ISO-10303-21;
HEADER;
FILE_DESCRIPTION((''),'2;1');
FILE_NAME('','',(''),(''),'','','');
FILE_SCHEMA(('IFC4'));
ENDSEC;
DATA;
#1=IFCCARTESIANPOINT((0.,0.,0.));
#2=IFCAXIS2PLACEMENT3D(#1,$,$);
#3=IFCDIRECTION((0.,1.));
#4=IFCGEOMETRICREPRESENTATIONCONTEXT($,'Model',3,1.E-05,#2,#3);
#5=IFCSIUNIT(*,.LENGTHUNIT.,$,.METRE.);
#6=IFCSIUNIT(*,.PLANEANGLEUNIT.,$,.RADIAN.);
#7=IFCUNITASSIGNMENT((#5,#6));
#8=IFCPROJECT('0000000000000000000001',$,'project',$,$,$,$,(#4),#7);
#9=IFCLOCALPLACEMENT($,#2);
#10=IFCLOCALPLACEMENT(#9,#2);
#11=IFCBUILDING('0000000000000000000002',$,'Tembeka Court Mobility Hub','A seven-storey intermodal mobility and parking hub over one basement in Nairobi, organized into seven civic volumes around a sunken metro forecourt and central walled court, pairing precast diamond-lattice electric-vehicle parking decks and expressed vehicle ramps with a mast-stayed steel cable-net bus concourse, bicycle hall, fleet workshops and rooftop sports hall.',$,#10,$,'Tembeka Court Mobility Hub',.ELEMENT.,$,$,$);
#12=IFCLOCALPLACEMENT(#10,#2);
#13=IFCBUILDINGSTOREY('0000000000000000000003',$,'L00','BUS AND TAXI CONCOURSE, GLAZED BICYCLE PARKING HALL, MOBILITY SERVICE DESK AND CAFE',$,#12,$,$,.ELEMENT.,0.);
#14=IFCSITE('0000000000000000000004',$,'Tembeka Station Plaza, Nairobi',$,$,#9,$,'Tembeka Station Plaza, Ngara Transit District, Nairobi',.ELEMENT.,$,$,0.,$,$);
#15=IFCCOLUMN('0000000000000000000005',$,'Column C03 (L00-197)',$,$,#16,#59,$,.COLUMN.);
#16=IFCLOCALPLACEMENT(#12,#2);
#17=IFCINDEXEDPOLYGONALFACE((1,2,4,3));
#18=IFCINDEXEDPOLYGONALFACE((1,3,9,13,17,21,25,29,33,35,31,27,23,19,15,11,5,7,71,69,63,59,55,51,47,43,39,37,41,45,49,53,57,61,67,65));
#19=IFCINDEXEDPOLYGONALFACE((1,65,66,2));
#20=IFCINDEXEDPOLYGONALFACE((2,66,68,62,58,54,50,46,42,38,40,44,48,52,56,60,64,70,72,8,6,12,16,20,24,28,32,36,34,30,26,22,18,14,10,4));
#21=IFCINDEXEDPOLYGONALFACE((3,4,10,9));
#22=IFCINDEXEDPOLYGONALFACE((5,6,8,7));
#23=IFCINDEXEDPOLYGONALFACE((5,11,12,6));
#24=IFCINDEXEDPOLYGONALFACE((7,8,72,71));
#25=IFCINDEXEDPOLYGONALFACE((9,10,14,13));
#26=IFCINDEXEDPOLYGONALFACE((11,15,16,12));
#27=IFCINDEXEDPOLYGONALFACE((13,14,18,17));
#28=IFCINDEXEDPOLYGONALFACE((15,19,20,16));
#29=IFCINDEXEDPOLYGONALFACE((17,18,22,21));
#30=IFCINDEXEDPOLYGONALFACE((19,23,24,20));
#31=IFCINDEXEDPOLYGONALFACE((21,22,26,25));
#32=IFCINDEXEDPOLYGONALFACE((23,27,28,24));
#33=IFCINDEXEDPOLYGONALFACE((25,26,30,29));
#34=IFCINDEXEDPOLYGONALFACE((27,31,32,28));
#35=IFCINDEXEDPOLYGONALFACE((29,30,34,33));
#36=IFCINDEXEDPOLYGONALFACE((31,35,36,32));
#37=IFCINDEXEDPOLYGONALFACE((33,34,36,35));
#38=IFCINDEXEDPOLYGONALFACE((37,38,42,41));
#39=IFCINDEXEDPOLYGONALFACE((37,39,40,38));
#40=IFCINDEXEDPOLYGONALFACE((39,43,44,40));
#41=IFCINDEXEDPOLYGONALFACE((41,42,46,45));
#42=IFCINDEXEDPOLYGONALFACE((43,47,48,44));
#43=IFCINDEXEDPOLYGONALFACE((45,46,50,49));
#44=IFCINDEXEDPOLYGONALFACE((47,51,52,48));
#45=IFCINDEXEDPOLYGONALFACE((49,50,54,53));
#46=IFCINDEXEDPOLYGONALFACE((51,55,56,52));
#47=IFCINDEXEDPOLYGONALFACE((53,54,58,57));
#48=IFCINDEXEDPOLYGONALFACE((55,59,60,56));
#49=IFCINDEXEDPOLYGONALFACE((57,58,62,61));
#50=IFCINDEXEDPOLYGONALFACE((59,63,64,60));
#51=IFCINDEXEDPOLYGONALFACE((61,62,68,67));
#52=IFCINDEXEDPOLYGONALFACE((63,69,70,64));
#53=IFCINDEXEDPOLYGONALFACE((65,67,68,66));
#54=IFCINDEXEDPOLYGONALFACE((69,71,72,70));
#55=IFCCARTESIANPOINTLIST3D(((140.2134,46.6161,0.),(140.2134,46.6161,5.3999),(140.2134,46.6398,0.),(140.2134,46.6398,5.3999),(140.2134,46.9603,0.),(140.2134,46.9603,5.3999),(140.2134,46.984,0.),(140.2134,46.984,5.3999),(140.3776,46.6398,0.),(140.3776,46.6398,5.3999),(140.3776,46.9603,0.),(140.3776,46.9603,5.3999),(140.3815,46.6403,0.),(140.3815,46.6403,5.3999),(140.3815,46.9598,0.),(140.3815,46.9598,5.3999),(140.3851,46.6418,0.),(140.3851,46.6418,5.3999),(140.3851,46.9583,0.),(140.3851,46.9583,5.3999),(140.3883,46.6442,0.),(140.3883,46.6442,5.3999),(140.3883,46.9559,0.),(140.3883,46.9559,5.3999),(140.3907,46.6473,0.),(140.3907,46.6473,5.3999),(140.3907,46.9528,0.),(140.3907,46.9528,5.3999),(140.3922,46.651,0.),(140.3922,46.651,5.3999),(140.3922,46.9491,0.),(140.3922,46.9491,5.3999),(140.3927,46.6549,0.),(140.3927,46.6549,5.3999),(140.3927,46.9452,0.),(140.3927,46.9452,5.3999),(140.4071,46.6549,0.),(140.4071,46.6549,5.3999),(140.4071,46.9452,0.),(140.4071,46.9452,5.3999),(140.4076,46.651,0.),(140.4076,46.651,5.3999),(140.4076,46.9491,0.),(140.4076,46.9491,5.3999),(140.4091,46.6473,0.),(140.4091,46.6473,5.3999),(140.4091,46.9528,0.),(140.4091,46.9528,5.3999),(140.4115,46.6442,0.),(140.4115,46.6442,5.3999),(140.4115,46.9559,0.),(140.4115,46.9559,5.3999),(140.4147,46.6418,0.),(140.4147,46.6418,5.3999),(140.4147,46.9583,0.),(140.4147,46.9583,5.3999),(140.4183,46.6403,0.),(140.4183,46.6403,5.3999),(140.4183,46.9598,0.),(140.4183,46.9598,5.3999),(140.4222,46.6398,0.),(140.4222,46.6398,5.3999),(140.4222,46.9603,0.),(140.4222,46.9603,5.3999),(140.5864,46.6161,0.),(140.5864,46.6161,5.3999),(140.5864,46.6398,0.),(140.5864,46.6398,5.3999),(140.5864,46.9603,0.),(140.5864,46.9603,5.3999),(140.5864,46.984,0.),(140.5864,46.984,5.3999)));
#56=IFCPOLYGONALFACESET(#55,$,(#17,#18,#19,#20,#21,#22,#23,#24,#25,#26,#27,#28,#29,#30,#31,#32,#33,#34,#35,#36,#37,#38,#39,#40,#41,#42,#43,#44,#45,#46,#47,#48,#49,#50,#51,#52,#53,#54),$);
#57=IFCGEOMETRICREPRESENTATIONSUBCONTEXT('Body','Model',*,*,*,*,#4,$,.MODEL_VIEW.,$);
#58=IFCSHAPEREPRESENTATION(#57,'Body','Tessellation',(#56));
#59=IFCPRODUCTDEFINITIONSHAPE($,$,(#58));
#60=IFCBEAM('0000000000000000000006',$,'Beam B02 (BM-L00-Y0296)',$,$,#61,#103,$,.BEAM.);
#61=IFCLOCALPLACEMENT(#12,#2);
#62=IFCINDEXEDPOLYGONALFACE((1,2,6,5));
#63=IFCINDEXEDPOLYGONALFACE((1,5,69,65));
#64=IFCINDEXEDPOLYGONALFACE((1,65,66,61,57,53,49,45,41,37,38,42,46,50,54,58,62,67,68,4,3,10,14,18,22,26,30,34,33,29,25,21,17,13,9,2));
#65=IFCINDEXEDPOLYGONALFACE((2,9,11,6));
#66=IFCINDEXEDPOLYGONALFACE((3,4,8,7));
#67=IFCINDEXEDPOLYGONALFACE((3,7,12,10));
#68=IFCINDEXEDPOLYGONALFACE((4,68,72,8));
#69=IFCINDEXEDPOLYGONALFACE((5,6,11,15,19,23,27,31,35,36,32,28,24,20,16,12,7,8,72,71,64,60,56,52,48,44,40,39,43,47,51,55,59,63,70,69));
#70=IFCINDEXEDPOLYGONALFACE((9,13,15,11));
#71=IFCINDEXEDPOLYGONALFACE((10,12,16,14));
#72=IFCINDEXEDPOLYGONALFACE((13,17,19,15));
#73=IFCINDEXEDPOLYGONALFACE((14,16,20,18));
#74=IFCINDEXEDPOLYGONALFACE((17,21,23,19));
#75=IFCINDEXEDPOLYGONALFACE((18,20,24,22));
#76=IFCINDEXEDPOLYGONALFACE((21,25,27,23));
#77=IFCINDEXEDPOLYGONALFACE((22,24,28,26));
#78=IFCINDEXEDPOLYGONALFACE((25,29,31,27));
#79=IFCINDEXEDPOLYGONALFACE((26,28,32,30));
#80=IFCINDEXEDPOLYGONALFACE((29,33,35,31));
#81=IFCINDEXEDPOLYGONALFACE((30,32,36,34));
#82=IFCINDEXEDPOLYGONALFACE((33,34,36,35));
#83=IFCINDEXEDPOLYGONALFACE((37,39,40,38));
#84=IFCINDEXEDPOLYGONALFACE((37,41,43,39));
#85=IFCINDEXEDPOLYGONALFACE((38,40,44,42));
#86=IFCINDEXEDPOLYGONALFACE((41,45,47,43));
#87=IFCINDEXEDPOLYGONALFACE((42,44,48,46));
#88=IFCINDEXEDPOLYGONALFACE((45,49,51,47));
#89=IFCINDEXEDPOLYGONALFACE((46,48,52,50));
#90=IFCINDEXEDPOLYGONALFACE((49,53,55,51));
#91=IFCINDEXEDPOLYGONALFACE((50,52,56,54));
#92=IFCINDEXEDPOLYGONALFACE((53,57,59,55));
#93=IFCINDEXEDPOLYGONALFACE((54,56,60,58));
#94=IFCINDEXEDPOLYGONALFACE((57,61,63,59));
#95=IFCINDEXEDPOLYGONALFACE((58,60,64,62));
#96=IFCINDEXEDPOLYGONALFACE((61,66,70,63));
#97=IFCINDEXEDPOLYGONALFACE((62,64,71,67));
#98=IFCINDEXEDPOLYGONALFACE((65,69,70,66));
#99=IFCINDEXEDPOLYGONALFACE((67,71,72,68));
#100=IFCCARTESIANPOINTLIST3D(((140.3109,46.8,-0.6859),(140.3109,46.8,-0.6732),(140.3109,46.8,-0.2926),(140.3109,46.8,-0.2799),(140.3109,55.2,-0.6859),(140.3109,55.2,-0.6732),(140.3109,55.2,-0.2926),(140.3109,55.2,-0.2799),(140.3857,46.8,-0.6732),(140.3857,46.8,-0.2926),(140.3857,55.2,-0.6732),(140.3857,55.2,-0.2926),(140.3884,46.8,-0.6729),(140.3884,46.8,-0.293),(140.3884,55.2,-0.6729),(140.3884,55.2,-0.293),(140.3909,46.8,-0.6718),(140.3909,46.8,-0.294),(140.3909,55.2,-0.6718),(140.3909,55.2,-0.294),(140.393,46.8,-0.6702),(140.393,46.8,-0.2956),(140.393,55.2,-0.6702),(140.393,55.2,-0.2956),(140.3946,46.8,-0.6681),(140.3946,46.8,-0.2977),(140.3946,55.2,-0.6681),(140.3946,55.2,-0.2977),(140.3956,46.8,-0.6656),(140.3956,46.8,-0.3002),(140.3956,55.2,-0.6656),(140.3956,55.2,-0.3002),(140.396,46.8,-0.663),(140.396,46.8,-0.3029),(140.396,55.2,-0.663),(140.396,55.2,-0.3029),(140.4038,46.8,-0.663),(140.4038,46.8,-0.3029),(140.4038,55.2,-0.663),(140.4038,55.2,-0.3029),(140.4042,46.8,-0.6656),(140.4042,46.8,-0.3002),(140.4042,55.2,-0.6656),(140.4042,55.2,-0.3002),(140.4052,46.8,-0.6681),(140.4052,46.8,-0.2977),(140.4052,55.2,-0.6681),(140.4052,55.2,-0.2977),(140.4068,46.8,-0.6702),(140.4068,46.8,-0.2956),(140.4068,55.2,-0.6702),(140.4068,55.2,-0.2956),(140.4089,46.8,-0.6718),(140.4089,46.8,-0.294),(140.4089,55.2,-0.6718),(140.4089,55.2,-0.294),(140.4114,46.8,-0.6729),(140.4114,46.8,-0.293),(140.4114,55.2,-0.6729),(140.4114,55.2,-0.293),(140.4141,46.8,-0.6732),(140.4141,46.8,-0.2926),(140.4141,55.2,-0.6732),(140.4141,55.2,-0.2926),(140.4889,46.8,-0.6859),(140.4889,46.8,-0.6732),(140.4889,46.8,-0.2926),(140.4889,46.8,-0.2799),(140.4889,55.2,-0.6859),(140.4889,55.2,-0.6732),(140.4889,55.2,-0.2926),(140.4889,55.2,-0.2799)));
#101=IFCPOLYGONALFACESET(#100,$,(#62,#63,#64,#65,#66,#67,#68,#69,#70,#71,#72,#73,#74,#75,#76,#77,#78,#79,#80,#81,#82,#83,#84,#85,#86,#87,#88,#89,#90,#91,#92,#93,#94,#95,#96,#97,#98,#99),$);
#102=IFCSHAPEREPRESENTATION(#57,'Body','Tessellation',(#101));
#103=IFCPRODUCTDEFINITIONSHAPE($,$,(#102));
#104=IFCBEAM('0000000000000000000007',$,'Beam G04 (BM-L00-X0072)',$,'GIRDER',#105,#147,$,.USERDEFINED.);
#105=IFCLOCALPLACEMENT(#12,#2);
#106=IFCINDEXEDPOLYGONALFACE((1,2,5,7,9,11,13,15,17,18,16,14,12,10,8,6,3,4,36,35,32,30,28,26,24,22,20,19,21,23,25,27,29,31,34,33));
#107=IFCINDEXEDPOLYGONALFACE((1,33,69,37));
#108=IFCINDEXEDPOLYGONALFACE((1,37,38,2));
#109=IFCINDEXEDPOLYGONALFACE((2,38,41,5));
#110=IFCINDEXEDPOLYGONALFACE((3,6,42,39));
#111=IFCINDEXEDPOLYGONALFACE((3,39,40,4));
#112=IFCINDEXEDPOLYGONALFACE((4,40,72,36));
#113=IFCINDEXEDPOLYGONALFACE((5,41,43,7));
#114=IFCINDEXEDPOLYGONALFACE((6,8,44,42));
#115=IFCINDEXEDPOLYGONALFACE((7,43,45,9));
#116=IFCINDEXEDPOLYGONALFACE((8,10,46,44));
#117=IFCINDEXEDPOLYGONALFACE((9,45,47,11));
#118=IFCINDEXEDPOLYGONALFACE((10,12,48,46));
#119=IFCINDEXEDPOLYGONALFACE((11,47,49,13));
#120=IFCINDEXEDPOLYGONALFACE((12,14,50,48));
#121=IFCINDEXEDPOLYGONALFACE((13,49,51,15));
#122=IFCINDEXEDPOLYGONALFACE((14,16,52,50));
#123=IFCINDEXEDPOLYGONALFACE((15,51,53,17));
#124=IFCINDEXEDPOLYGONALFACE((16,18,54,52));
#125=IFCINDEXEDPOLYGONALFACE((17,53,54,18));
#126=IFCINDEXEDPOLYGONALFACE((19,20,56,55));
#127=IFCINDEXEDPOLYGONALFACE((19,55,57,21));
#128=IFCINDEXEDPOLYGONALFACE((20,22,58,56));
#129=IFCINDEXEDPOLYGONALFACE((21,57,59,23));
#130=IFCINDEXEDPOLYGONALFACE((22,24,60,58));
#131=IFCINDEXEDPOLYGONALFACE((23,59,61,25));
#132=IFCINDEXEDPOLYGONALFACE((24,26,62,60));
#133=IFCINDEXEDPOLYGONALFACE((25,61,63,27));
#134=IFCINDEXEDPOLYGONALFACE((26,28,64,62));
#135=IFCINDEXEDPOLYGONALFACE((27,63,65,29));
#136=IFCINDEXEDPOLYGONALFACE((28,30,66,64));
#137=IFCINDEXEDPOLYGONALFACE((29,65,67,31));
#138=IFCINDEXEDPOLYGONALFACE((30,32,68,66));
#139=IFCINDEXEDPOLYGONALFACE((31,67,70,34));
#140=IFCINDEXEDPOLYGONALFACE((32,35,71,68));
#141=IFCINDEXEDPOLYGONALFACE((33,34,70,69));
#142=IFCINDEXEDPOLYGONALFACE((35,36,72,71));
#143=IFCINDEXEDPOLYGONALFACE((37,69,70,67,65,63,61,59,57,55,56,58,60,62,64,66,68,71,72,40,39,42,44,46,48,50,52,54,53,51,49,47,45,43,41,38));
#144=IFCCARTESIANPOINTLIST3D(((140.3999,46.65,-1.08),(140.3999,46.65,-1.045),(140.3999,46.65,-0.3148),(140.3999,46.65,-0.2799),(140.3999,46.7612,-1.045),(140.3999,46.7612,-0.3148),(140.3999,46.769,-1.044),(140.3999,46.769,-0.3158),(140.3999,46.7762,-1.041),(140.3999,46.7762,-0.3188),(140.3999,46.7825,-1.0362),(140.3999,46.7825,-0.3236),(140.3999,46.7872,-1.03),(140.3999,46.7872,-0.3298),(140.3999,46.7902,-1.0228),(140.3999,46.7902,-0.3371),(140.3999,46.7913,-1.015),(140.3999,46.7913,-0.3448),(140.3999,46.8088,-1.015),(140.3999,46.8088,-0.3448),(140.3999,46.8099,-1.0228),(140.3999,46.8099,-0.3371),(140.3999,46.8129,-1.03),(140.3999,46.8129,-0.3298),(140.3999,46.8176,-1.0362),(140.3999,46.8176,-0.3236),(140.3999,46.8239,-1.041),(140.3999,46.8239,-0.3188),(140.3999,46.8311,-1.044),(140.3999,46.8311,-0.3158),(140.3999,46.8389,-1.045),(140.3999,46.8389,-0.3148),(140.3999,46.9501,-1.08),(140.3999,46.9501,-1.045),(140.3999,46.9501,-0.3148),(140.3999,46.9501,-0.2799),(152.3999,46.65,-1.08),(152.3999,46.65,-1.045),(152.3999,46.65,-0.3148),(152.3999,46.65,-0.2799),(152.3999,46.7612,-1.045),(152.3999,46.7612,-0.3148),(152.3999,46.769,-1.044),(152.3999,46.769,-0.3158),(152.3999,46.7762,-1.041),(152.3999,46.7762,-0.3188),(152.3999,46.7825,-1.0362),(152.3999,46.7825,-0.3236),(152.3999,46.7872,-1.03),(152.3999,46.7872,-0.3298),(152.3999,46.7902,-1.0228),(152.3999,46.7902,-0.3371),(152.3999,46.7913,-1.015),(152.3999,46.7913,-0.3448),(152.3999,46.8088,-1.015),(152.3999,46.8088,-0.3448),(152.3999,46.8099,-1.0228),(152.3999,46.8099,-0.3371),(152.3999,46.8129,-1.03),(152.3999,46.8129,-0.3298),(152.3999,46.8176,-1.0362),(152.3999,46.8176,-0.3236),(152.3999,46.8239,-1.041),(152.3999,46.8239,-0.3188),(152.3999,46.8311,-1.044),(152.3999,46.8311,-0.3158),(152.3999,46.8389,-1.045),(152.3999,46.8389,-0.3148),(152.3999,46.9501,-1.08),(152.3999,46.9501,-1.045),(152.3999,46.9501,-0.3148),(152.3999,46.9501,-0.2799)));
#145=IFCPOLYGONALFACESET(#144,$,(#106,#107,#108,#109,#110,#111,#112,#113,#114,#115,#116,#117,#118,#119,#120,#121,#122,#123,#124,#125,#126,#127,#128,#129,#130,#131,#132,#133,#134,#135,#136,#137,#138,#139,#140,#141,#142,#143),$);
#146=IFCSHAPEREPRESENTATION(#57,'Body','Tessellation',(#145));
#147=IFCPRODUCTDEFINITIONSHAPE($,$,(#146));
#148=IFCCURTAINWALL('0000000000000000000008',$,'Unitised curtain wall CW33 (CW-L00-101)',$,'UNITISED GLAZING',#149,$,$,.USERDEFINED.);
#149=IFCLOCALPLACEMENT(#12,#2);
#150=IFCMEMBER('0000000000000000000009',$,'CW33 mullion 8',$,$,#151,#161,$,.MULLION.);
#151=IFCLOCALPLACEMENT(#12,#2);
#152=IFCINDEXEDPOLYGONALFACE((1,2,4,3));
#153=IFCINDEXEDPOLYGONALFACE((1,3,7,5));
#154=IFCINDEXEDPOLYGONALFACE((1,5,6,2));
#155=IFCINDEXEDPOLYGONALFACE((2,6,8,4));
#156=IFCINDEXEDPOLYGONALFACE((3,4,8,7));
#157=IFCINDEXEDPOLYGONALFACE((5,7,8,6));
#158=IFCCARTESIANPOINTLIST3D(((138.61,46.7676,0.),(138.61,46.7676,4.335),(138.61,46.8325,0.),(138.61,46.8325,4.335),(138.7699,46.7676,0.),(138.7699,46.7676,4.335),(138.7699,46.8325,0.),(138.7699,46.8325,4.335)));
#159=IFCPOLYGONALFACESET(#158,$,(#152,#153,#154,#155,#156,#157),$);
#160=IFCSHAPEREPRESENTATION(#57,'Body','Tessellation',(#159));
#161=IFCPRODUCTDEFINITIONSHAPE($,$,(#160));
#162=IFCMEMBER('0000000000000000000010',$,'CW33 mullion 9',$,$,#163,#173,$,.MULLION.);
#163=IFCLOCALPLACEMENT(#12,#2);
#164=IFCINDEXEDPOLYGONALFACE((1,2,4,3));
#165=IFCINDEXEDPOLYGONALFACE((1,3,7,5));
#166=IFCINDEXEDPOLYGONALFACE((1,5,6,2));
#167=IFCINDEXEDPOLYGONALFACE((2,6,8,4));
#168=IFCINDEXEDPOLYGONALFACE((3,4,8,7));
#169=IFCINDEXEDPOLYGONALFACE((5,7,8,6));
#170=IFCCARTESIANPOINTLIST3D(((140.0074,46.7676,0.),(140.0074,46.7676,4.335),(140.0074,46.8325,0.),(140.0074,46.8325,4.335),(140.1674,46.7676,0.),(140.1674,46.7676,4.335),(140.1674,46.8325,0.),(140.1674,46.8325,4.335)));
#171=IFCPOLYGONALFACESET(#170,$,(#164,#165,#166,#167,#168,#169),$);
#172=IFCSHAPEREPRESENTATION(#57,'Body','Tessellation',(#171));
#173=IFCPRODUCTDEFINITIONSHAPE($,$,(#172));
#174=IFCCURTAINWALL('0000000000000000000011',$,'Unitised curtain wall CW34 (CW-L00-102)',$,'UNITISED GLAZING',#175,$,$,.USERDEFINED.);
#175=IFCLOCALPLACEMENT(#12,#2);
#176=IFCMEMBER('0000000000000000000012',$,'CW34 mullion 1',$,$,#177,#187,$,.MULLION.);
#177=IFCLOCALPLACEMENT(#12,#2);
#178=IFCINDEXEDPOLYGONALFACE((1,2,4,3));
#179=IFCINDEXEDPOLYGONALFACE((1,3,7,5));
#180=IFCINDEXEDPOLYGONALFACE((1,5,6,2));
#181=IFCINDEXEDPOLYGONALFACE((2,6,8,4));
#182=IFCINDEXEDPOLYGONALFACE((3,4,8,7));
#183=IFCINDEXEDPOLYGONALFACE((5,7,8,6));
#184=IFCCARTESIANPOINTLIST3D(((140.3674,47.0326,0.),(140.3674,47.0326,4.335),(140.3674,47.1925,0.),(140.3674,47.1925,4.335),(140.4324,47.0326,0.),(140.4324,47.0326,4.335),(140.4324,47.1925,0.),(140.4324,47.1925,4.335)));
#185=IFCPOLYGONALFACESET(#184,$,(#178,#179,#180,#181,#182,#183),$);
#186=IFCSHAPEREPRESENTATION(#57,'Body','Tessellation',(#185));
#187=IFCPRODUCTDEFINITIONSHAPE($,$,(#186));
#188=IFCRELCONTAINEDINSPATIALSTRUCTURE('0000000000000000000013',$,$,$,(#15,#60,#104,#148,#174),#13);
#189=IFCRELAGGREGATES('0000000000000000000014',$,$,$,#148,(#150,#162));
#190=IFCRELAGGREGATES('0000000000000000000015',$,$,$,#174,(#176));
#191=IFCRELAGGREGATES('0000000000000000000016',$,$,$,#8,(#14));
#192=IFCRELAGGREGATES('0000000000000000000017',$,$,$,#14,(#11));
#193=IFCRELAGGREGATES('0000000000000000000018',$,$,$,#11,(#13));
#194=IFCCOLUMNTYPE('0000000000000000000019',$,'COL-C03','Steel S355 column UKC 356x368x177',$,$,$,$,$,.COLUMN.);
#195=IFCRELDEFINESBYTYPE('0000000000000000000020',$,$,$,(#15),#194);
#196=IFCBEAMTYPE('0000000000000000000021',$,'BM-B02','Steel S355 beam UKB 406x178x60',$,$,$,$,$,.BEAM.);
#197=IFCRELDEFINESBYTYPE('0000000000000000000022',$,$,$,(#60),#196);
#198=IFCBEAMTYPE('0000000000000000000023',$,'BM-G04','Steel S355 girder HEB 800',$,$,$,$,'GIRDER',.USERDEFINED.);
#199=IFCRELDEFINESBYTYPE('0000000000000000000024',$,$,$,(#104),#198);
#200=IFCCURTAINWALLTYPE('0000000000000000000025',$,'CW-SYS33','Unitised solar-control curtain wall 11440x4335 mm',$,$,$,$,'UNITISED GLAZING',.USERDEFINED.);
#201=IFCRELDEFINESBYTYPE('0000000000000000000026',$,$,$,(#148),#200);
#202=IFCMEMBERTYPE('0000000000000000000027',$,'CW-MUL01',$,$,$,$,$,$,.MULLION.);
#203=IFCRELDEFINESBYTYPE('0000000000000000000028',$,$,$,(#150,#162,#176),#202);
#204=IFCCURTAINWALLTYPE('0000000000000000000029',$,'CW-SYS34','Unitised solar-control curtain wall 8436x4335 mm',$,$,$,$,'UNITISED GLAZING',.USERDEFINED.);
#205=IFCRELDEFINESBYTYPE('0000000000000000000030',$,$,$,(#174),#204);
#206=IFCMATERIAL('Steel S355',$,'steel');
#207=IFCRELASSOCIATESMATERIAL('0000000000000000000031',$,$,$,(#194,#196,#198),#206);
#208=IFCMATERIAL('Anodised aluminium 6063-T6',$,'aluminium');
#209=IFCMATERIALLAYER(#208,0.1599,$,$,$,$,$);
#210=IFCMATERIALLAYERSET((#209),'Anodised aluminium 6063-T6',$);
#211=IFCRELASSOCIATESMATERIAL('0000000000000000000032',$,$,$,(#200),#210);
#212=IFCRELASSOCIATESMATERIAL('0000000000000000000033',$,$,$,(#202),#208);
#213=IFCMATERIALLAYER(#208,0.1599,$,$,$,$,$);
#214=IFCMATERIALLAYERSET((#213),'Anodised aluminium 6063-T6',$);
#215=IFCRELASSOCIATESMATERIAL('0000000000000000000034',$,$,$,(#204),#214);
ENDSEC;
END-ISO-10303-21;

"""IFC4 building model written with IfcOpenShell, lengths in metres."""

from ifc_helpers import new_model, si_unit, direction, frame, origin, origin_2d, place, context, subcontext, project, spatial, rectangle, i_section, extrude, material, layer, layer_set, material_profile, profile_set, type_object, element, aggregate, save


model = new_model("IFC4")

# Units and contexts
model_context = context("Model", 3, precision=1e-05, world=origin(), true_north=direction((0.0, 1.0)))
body_context = subcontext(model_context, "Body", "Model", "MODEL_VIEW")
ifc_project = project(units=[si_unit("LENGTHUNIT", "METRE"), si_unit("PLANEANGLEUNIT", "RADIAN")], contexts=[model_context])

# Site, building, storey
site_placement = place(None, origin())
site = spatial("IfcSite", under=ifc_project, at=site_placement, Name="Tembeka Station Plaza, Nairobi", LongName="Tembeka Station Plaza, Ngara Transit District, Nairobi", CompositionType="ELEMENT", RefElevation=0.0)
building_placement = place(site_placement, origin())
building = spatial("IfcBuilding", under=site, at=building_placement, Name="Tembeka Court Mobility Hub", Description="A seven-storey intermodal mobility and parking hub over one basement in Nairobi, organized into seven civic volumes around a sunken metro forecourt and central walled court, pairing precast diamond-lattice electric-vehicle parking decks and expressed vehicle ramps with a mast-stayed steel cable-net bus concourse, bicycle hall, fleet workshops and rooftop sports hall.", LongName="Tembeka Court Mobility Hub", CompositionType="ELEMENT")
storey_placement = place(building_placement, origin())
storey = spatial("IfcBuildingStorey", under=building, at=storey_placement, Name="L00", Description="BUS AND TAXI CONCOURSE, GLAZED BICYCLE PARKING HALL, MOBILITY SERVICE DESK AND CAFE", CompositionType="ELEMENT", Elevation=0.0)

# Column
ifc_material_1 = material(Name="Steel S355", Category="steel")
ifc_material_profile_1 = material_profile(ifc_material_1, i_section(OverallWidth=0.373, OverallDepth=0.3679, WebThickness=0.0144, FlangeThickness=0.0237, FilletRadius=0.0151, at=origin_2d()), Name="UKC 356x368x177")
ifc_profile_set_1 = profile_set([ifc_material_profile_1], Name="Steel S355")
column_type = type_object("IfcColumnType", Name="COL-C03", Description="Steel S355 column UKC 356x368x177", PredefinedType="COLUMN", material=ifc_profile_set_1)
column_placement = place(storey_placement, frame((140.3999, 46.8, 0.0), z_axis=(0.0, 0.0, 1.0), x_axis=(1.0, 0.0, 0.0)))
element("IfcColumn", 1, at=column_placement, inside=storey, type_object=column_type, Name="Column C03 (L00-197)", PredefinedType="COLUMN", context=body_context, shape_type="SweptSolid", body=[
    extrude(i_section(OverallWidth=0.373, OverallDepth=0.3679, WebThickness=0.0144, FlangeThickness=0.0237, FilletRadius=0.0151, at=origin_2d()), origin(), (0.0, 0.0, 1.0), 5.3999),
])

# Beams
ifc_material_profile_2 = material_profile(ifc_material_1, i_section(OverallWidth=0.178, OverallDepth=0.406, WebThickness=0.0078, FlangeThickness=0.0127, FilletRadius=0.0103, at=origin_2d()), Name="UKB 406x178x60")
ifc_profile_set_2 = profile_set([ifc_material_profile_2], Name="Steel S355")
beam_type_1 = type_object("IfcBeamType", Name="BM-B02", Description="Steel S355 beam UKB 406x178x60", PredefinedType="BEAM", material=ifc_profile_set_2)
beam_1_placement = place(storey_placement, frame((140.3999, 46.8, -0.4829), z_axis=(0.0, 1.0, 0.0), x_axis=(-1.0, 0.0, 0.0)))
element("IfcBeam", 2, at=beam_1_placement, inside=storey, type_object=beam_type_1, Name="Beam B02 (BM-L00-Y0296)", PredefinedType="BEAM", context=body_context, shape_type="SweptSolid", body=[
    extrude(i_section(OverallWidth=0.178, OverallDepth=0.406, WebThickness=0.0078, FlangeThickness=0.0127, FilletRadius=0.0103, at=origin_2d()), origin(), (0.0, 0.0, 1.0), 8.3999),
])
ifc_material_profile_3 = material_profile(ifc_material_1, i_section(OverallWidth=0.3, OverallDepth=0.8, WebThickness=0.0176, FlangeThickness=0.0349, FilletRadius=0.03, at=origin_2d()), Name="HEB 800")
ifc_profile_set_3 = profile_set([ifc_material_profile_3], Name="Steel S355")
beam_type_2 = type_object("IfcBeamType", Name="BM-G04", Description="Steel S355 girder HEB 800", ElementType="GIRDER", PredefinedType="USERDEFINED", material=ifc_profile_set_3)
beam_2_placement = place(storey_placement, frame((140.3999, 46.8, -0.6799), z_axis=(1.0, 0.0, 0.0), x_axis=(0.0, 1.0, 0.0)))
element("IfcBeam", 3, at=beam_2_placement, inside=storey, type_object=beam_type_2, Name="Beam G04 (BM-L00-X0072)", ObjectType="GIRDER", PredefinedType="USERDEFINED", context=body_context, shape_type="SweptSolid", body=[
    extrude(i_section(OverallWidth=0.3, OverallDepth=0.8, WebThickness=0.0176, FlangeThickness=0.0349, FilletRadius=0.03, at=origin_2d()), origin(), (0.0, 0.0, 1.0), 12.0),
])

# Curtain walls, members
ifc_material_2 = material(Name="Anodised aluminium 6063-T6", Category="aluminium")
ifc_layer_1 = layer(ifc_material_2, 0.1599)
ifc_layer_set_1 = layer_set([ifc_layer_1], Name="Anodised aluminium 6063-T6")
curtain_wall_type_1 = type_object("IfcCurtainWallType", Name="CW-SYS33", Description="Unitised solar-control curtain wall 11440x4335 mm", ElementType="UNITISED GLAZING", PredefinedType="USERDEFINED", material=ifc_layer_set_1)
curtain_wall_1_placement = place(storey_placement, origin())
curtain_wall_1 = element("IfcCurtainWall", 4, at=curtain_wall_1_placement, inside=storey, type_object=curtain_wall_type_1, Name="Unitised curtain wall CW33 (CW-L00-101)", ObjectType="UNITISED GLAZING", PredefinedType="USERDEFINED")
ifc_material_profile_4 = material_profile(ifc_material_2, rectangle(XDim=0.0649, YDim=0.1599, at=origin_2d()), Name="ALU-MUL 65x160")
ifc_profile_set_4 = profile_set([ifc_material_profile_4], Name="Anodised aluminium 6063-T6")
member_type_1 = type_object("IfcMemberType", Name="CW-MUL01", PredefinedType="MULLION", material=ifc_profile_set_4)
member_1_placement = place(storey_placement, frame((138.6899, 46.8, 0.0), z_axis=(0.0, 0.0, 1.0), x_axis=(0.0, 1.0, 0.0)))
member_1 = element("IfcMember", 5, at=member_1_placement, type_object=member_type_1, Name="CW33 mullion 8", PredefinedType="MULLION", context=body_context, shape_type="SweptSolid", body=[
    extrude(rectangle(XDim=0.0649, YDim=0.1599, at=origin_2d()), origin(), (0.0, 0.0, 1.0), 4.335),
])
member_2_placement = place(storey_placement, frame((140.0874, 46.8, 0.0), z_axis=(0.0, 0.0, 1.0), x_axis=(0.0, 1.0, 0.0)))
member_2 = element("IfcMember", 6, at=member_2_placement, type_object=member_type_1, Name="CW33 mullion 9", PredefinedType="MULLION", context=body_context, shape_type="SweptSolid", body=[
    extrude(rectangle(XDim=0.0649, YDim=0.1599, at=origin_2d()), origin(), (0.0, 0.0, 1.0), 4.335),
])
ifc_layer_2 = layer(ifc_material_2, 0.1599)
ifc_layer_set_2 = layer_set([ifc_layer_2], Name="Anodised aluminium 6063-T6")
curtain_wall_type_2 = type_object("IfcCurtainWallType", Name="CW-SYS34", Description="Unitised solar-control curtain wall 8436x4335 mm", ElementType="UNITISED GLAZING", PredefinedType="USERDEFINED", material=ifc_layer_set_2)
curtain_wall_2_placement = place(storey_placement, origin())
curtain_wall_2 = element("IfcCurtainWall", 7, at=curtain_wall_2_placement, inside=storey, type_object=curtain_wall_type_2, Name="Unitised curtain wall CW34 (CW-L00-102)", ObjectType="UNITISED GLAZING", PredefinedType="USERDEFINED")
member_3_placement = place(storey_placement, frame((140.3999, 47.1125, 0.0), z_axis=(0.0, 0.0, 1.0), x_axis=(-1.0, 0.0, 0.0)))
member_3 = element("IfcMember", 8, at=member_3_placement, type_object=member_type_1, Name="CW34 mullion 1", PredefinedType="MULLION", context=body_context, shape_type="SweptSolid", body=[
    extrude(rectangle(XDim=0.0649, YDim=0.1599, at=origin_2d()), origin(), (0.0, 0.0, 1.0), 4.335),
])

aggregate(curtain_wall_1, [member_1, member_2])
aggregate(curtain_wall_2, [member_3])

save(model, "model.ifc")
